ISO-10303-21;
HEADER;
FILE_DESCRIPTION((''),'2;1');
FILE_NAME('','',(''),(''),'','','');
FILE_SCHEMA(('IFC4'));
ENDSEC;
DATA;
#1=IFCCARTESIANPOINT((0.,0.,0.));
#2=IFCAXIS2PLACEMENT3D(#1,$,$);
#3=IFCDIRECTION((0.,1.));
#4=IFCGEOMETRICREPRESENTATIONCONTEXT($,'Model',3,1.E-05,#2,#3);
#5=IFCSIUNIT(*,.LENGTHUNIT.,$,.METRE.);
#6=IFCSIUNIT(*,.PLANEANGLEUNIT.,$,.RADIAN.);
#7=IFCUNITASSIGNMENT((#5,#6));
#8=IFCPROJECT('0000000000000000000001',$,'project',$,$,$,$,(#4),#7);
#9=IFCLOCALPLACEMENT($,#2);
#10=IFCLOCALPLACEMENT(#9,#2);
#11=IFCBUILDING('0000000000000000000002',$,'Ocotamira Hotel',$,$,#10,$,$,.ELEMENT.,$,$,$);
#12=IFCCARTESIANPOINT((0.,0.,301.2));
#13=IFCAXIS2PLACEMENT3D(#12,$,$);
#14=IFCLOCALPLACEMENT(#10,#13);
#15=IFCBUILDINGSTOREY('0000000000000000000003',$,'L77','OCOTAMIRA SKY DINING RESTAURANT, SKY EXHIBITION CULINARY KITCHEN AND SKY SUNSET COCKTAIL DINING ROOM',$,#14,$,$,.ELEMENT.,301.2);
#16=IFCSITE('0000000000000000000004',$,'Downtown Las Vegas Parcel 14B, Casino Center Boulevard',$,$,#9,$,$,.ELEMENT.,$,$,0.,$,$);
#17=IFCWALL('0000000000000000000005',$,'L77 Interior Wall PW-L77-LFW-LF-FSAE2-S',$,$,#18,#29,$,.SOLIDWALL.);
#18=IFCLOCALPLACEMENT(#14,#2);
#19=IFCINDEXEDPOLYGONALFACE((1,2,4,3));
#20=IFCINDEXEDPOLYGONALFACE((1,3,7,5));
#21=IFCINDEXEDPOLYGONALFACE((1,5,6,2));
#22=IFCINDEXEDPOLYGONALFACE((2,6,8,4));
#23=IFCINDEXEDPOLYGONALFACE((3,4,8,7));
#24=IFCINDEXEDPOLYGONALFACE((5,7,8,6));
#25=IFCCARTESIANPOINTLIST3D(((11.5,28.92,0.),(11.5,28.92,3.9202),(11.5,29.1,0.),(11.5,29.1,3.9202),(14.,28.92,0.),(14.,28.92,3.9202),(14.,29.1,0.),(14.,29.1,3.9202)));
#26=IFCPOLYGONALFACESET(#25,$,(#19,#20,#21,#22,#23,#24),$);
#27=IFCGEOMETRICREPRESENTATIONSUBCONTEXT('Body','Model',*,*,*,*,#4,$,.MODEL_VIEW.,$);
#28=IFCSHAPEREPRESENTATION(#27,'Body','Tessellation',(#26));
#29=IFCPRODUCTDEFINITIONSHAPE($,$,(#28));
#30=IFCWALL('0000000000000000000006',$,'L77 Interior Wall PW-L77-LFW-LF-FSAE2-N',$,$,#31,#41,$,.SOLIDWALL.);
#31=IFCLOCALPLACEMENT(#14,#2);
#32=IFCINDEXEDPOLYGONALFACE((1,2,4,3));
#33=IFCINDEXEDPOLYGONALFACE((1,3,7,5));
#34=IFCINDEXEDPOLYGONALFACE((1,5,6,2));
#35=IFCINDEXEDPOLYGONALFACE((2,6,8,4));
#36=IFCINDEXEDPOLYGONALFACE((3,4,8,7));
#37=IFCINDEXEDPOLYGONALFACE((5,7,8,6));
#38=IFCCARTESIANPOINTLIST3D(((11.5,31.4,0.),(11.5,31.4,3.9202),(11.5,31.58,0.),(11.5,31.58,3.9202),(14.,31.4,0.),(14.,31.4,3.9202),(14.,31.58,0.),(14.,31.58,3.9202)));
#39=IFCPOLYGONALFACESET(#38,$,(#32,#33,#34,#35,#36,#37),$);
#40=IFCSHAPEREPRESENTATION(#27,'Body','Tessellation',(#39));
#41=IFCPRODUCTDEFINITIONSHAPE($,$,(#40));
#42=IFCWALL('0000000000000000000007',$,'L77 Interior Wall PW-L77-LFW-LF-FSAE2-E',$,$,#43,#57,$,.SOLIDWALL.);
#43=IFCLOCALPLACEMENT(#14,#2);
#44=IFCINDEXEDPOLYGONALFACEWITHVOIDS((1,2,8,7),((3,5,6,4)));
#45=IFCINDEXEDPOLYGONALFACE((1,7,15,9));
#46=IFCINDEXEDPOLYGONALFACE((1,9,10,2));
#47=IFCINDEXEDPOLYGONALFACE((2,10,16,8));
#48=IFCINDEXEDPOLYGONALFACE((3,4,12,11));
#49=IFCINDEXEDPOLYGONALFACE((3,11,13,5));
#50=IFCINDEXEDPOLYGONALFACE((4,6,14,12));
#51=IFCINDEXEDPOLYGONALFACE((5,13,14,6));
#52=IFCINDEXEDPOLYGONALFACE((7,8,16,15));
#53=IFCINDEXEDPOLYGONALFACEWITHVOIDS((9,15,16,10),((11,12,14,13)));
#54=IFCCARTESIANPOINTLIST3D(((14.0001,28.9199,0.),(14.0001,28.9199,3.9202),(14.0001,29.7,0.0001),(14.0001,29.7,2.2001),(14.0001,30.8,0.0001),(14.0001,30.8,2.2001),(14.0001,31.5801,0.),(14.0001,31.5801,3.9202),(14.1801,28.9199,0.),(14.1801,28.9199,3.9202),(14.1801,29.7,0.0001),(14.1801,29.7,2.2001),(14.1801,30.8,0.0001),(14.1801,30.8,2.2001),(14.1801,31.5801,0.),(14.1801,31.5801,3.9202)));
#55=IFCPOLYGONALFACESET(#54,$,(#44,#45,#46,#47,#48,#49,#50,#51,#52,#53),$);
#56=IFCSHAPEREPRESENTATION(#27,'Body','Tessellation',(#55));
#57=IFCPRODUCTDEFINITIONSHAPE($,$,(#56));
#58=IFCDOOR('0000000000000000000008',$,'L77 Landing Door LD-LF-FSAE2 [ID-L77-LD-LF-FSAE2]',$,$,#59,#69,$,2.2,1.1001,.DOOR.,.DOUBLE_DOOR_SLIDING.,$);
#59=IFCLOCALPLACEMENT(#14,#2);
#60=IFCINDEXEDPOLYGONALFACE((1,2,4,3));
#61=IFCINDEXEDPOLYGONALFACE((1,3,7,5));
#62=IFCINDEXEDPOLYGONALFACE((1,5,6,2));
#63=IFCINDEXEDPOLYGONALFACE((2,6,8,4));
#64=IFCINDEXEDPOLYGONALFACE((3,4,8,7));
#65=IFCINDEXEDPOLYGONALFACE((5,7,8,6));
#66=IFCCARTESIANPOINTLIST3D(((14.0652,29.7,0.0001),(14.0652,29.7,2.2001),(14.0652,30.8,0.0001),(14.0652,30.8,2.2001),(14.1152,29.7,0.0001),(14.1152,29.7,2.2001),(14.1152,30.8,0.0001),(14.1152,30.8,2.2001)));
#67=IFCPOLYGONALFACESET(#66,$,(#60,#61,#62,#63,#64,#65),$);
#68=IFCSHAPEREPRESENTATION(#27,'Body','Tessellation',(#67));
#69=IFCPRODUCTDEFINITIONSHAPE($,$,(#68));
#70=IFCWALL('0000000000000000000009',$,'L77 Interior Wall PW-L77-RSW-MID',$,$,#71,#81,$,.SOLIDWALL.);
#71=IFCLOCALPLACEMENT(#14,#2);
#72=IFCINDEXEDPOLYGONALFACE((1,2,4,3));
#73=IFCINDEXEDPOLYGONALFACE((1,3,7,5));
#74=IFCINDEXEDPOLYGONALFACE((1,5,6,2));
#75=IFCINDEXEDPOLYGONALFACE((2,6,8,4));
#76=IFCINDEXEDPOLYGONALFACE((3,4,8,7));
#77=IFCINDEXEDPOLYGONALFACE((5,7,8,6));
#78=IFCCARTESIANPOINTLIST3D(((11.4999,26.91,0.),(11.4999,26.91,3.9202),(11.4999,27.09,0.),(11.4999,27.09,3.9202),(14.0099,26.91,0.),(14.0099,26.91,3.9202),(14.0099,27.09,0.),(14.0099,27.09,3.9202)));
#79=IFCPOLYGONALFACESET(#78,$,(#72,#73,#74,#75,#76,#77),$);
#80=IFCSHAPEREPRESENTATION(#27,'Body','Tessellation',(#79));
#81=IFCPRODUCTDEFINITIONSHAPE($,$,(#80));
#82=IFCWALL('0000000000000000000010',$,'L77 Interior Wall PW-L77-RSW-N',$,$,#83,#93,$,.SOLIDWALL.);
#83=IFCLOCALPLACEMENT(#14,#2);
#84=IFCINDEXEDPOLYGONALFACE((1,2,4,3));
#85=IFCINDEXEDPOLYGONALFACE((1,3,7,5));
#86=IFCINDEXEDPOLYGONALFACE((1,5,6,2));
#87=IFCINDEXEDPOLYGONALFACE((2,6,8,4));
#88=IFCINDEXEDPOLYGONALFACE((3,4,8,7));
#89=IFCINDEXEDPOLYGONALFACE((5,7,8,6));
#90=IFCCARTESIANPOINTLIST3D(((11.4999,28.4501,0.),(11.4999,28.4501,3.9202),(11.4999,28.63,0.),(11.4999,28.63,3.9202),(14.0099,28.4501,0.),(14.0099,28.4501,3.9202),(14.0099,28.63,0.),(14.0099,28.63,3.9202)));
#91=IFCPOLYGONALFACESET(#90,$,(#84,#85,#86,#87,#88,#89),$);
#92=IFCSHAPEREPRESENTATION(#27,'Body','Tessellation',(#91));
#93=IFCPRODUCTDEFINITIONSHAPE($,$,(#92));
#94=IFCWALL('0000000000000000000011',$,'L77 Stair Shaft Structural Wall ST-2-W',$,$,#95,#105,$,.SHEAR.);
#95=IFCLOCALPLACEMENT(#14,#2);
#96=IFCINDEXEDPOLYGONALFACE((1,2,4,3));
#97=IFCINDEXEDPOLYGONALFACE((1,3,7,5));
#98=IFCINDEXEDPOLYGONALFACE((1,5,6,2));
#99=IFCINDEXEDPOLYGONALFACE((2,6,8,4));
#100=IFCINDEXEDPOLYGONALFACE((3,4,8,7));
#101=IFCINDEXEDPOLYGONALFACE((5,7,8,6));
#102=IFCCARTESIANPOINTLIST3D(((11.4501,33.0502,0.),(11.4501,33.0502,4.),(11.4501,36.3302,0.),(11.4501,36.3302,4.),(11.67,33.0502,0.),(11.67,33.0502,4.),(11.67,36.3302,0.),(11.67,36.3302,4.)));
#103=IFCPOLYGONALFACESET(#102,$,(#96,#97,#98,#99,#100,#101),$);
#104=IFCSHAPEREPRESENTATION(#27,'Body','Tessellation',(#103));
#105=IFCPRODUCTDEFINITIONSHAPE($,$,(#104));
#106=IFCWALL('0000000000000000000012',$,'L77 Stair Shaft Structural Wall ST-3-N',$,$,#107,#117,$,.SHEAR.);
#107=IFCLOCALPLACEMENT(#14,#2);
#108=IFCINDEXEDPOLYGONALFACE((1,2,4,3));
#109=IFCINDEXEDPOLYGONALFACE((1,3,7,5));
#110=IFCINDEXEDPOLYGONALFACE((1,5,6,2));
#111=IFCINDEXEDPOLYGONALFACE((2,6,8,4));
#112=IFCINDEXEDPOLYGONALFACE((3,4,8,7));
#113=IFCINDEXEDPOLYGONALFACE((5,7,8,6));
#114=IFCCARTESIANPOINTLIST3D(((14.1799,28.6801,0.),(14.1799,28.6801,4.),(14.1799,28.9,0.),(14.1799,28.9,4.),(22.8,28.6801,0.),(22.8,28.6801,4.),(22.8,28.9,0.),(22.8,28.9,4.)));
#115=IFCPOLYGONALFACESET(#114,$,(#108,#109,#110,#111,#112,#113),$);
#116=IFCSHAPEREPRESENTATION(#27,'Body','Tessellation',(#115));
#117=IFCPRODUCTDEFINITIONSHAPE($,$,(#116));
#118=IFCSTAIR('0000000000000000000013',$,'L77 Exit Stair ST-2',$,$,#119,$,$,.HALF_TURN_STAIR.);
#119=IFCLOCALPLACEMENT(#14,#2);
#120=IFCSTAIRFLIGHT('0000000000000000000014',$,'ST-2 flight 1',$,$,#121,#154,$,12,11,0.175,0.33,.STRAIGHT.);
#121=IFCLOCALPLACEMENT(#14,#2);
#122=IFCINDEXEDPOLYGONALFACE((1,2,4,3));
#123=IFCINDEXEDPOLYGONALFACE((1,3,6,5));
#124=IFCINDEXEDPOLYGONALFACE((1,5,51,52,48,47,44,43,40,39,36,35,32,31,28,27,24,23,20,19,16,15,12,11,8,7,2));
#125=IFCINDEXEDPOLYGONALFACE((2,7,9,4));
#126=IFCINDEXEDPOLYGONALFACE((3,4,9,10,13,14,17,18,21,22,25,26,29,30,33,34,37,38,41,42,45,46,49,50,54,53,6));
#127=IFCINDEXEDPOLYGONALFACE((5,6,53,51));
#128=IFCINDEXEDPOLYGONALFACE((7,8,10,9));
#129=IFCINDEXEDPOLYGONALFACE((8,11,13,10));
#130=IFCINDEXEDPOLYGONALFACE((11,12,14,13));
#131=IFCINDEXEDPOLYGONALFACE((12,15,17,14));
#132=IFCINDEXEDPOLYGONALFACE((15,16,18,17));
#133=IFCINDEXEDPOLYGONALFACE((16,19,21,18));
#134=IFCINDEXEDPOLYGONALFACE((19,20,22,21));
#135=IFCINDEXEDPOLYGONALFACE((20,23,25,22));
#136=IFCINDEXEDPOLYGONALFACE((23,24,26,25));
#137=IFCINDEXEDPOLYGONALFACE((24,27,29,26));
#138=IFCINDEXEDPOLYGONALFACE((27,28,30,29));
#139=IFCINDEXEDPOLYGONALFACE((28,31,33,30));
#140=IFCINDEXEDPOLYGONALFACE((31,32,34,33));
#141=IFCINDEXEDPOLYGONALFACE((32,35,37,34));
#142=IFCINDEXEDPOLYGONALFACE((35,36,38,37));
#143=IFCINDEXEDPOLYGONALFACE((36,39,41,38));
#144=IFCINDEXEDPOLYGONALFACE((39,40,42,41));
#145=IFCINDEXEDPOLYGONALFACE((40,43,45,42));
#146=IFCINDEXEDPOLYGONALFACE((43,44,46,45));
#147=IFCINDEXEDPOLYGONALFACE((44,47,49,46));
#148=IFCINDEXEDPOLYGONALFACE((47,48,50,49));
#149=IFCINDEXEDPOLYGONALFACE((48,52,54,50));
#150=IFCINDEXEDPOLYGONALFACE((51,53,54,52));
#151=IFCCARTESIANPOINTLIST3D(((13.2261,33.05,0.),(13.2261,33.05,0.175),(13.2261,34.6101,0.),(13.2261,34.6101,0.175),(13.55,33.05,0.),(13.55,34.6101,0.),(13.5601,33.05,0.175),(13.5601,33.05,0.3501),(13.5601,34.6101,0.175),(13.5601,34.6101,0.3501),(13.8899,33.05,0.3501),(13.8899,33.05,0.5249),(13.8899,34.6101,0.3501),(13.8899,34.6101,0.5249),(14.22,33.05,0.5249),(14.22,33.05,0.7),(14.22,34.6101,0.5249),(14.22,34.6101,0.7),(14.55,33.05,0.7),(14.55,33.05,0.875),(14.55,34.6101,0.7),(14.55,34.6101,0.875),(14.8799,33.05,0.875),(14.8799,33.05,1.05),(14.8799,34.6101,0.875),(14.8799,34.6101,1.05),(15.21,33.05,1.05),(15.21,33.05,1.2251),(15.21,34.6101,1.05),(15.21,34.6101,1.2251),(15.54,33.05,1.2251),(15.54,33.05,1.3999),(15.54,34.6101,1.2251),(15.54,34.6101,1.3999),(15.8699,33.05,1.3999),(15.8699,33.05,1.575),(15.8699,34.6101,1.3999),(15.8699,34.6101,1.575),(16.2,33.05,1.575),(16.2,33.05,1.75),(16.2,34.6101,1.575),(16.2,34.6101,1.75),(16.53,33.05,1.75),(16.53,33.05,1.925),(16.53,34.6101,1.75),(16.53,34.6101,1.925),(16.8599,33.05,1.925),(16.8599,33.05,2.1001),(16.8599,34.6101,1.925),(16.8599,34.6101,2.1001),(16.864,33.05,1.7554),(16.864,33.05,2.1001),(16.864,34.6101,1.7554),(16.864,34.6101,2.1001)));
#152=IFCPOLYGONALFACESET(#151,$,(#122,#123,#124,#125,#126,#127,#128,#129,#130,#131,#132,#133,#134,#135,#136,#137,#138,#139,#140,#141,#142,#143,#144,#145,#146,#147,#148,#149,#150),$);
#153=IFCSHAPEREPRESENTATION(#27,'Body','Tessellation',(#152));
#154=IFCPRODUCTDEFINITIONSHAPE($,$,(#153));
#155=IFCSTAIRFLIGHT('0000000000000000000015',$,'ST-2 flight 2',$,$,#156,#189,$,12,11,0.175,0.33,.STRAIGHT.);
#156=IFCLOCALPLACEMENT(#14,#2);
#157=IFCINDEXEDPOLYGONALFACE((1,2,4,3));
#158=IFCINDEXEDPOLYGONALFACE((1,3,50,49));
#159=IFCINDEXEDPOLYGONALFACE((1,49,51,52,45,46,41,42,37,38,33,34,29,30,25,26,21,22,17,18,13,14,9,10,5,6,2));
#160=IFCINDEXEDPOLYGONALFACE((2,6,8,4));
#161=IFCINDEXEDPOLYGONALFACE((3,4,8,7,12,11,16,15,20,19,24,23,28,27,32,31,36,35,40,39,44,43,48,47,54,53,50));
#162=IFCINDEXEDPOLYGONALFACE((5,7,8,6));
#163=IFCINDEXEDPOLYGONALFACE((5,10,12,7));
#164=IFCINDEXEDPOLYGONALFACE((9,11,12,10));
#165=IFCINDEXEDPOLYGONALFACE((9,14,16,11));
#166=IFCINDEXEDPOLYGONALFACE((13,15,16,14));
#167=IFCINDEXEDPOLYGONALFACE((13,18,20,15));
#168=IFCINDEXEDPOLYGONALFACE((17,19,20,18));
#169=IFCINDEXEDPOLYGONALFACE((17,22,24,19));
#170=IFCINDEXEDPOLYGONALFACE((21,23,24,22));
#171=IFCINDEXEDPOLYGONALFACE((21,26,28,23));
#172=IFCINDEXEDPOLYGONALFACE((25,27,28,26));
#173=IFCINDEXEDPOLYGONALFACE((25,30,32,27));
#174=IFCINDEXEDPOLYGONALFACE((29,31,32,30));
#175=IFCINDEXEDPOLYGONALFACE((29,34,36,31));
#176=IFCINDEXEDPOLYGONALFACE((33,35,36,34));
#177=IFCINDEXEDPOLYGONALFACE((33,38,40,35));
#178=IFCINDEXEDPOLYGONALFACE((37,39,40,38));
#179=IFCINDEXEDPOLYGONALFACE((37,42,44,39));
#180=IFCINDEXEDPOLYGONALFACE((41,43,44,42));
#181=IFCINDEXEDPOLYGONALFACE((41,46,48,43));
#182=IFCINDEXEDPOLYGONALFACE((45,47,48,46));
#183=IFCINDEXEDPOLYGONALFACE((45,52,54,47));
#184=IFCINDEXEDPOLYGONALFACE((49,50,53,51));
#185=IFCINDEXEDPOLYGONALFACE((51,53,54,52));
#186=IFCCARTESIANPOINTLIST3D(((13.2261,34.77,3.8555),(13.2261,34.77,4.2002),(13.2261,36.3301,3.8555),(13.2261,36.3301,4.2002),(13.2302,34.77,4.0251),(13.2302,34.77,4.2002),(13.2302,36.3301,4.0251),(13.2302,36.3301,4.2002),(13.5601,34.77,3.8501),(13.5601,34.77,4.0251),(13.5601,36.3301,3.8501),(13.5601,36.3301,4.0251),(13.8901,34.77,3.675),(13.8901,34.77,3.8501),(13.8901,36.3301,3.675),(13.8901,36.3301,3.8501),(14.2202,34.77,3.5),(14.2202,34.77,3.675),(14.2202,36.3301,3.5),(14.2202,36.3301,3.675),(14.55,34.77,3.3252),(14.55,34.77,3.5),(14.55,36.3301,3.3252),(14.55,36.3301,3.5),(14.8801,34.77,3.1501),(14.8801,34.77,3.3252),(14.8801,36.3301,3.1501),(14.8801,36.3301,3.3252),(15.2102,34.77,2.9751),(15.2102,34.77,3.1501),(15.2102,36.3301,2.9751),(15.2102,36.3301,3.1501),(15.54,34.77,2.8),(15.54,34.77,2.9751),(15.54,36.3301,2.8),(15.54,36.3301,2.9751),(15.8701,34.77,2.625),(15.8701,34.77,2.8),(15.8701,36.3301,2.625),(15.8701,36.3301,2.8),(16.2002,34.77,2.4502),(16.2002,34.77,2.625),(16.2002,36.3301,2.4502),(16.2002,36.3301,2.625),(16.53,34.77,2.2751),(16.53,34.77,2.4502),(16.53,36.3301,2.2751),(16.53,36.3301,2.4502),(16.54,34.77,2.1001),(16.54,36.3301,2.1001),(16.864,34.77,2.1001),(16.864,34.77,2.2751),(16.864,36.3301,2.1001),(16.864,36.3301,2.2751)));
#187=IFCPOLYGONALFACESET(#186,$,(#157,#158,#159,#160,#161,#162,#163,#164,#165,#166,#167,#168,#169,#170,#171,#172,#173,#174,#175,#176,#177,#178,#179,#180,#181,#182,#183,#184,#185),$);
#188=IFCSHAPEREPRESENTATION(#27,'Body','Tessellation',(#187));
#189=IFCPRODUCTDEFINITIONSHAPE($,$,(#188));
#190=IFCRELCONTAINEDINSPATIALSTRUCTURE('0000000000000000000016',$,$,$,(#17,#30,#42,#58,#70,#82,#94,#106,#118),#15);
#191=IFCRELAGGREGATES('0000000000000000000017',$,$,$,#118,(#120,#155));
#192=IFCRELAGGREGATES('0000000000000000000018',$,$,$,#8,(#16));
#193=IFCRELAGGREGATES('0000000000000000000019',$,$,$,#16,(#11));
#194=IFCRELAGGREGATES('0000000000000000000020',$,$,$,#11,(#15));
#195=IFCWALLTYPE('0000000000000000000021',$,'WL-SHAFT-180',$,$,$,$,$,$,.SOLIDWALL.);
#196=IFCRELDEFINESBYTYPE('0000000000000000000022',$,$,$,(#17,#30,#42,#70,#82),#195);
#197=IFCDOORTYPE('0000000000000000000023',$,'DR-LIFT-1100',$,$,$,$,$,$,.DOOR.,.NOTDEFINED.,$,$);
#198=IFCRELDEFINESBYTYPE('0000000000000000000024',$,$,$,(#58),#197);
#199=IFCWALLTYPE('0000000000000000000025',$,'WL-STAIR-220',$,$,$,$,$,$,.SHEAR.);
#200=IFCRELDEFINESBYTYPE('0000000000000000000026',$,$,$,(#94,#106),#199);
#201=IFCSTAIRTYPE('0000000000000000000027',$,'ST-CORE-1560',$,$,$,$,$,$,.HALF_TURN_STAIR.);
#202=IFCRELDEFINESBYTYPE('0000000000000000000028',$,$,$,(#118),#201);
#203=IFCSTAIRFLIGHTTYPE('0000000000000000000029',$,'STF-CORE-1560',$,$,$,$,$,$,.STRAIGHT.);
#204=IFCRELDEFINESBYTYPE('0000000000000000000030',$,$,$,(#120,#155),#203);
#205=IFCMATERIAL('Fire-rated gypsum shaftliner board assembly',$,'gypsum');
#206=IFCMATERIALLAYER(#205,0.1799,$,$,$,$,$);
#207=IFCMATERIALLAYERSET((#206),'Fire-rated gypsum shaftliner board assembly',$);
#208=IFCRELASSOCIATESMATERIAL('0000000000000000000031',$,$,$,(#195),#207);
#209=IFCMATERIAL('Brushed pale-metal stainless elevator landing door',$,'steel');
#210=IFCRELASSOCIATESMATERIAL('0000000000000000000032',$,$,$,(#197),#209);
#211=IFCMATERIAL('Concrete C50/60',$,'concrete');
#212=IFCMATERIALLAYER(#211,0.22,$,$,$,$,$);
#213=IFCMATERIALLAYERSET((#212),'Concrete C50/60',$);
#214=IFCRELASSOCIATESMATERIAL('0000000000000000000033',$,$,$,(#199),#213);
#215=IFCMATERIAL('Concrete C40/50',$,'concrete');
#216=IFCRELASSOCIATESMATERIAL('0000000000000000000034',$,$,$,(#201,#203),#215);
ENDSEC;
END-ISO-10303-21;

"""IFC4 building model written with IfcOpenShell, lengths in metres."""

from ifc_helpers import new_model, si_unit, direction, frame, frame_2d, origin, place, context, subcontext, project, spatial, polyline, rectangle, outline, extrude, source, transform, mapped, material, layer, layer_set, type_object, element, fill, aggregate, save


model = new_model("IFC4")

# Units and contexts
model_context = context("Model", 3, precision=1e-05, world=origin(), true_north=direction((0.0, 1.0)))
body_context = subcontext(model_context, "Body", "Model", "MODEL_VIEW")
ifc_project = project(units=[si_unit("LENGTHUNIT", "METRE"), si_unit("PLANEANGLEUNIT", "RADIAN")], contexts=[model_context])

# Site, building, storey
site_placement = place(None, origin())
site = spatial("IfcSite", under=ifc_project, at=site_placement, Name="Downtown Las Vegas Parcel 14B, Casino Center Boulevard", CompositionType="ELEMENT", RefElevation=0.0)
building_placement = place(site_placement, origin())
building = spatial("IfcBuilding", under=site, at=building_placement, Name="Ocotamira Hotel", CompositionType="ELEMENT")
storey_placement = place(building_placement, frame((0.0, 0.0, 301.2)))
storey = spatial("IfcBuildingStorey", under=building, at=storey_placement, Name="L77", Description="OCOTAMIRA SKY DINING RESTAURANT, SKY EXHIBITION CULINARY KITCHEN AND SKY SUNSET COCKTAIL DINING ROOM", CompositionType="ELEMENT", Elevation=301.2)

# Walls
ifc_material_1 = material(Name="Fire-rated gypsum shaftliner board assembly", Category="gypsum")
ifc_layer_1 = layer(ifc_material_1, 0.1799)
ifc_layer_set_1 = layer_set([ifc_layer_1], Name="Fire-rated gypsum shaftliner board assembly")
wall_type_1 = type_object("IfcWallType", Name="WL-SHAFT-180", PredefinedType="SOLIDWALL", material=ifc_layer_set_1)
for number, where, z_axis, x_axis, name in (
    (1, (11.5, 29.01, 0.0), (0.0, 0.0, 1.0), (1.0, 0.0, 0.0), "L77 Interior Wall PW-L77-LFW-LF-FSAE2-S"),
    (2, (11.5, 31.49, 0.0), (0.0, 0.0, 1.0), (1.0, 0.0, 0.0), "L77 Interior Wall PW-L77-LFW-LF-FSAE2-N"),
):
    element("IfcWall", number, at=place(storey_placement, frame(where, z_axis=z_axis, x_axis=x_axis)), inside=storey, type_object=wall_type_1, Name=name, PredefinedType="SOLIDWALL", context=body_context, shape_type="SweptSolid", body=[
        extrude(rectangle(XDim=2.5, YDim=0.1799, at=frame_2d((1.25, 0.0))), origin(), (0.0, 0.0, 1.0), 3.9202),
    ])

# Wall, opening, door
wall_1_placement = place(storey_placement, frame((14.0901, 28.9199, 0.0), z_axis=(0.0, 0.0, 1.0), x_axis=(0.0, 1.0, 0.0)))
wall_1 = element("IfcWall", 3, at=wall_1_placement, inside=storey, type_object=wall_type_1, Name="L77 Interior Wall PW-L77-LFW-LF-FSAE2-E", PredefinedType="SOLIDWALL", context=body_context, shape_type="SweptSolid", body=[
    extrude(rectangle(XDim=2.6602, YDim=0.1799, at=frame_2d((1.3301, 0.0))), origin(), (0.0, 0.0, 1.0), 3.9202),
])
opening_1_placement = place(wall_1_placement, frame((0.78, 0.0, 0.0)))
opening_1 = element("IfcOpeningElement", 4, at=opening_1_placement, cuts=wall_1, PredefinedType="OPENING", context=body_context, shape_type="SweptSolid", body=[
    extrude(rectangle(XDim=1.1001, YDim=2.2, at=frame_2d((0.55, 1.1001))), frame((0.0, 0.1001, 0.0), z_axis=(0.0, -1.0, 0.0), x_axis=(1.0, 0.0, 0.0)), (0.0, 0.0, 1.0), 0.2),
])
ifc_material_2 = material(Name="Brushed pale-metal stainless elevator landing door", Category="steel")
door_type_1 = type_object("IfcDoorType", Name="DR-LIFT-1100", OperationType="NOTDEFINED", PredefinedType="DOOR", material=ifc_material_2)
shared_shape_1 = source(origin(), body_context, "Body", "SweptSolid", [
    extrude(rectangle(XDim=1.1001, YDim=2.2, at=frame_2d((0.55, 1.1001))), frame((0.0, 0.0249, 0.0), z_axis=(0.0, -1.0, 0.0), x_axis=(1.0, 0.0, 0.0)), (0.0, 0.0, 1.0), 0.05),
])
door_1_placement = place(opening_1_placement, origin())
door_1 = element("IfcDoor", 5, at=door_1_placement, inside=storey, type_object=door_type_1, Name="L77 Landing Door LD-LF-FSAE2 [ID-L77-LD-LF-FSAE2]", OperationType="DOUBLE_DOOR_SLIDING", OverallHeight=2.2, OverallWidth=1.1001, PredefinedType="DOOR", context=body_context, shape_type="MappedRepresentation", body=[
    mapped(shared_shape_1, transform((0.0, 0.0, 0.0), scale=1.0)),
])
fill(opening_1, door_1)

# Walls
for number, where, z_axis, x_axis, name in (
    (6, (11.5, 27.0, 0.0), (0.0, 0.0, 1.0), (1.0, 0.0, 0.0), "L77 Interior Wall PW-L77-RSW-MID"),
    (7, (11.5, 28.54, 0.0), (0.0, 0.0, 1.0), (1.0, 0.0, 0.0), "L77 Interior Wall PW-L77-RSW-N"),
):
    element("IfcWall", number, at=place(storey_placement, frame(where, z_axis=z_axis, x_axis=x_axis)), inside=storey, type_object=wall_type_1, Name=name, PredefinedType="SOLIDWALL", context=body_context, shape_type="SweptSolid", body=[
        extrude(rectangle(XDim=2.51, YDim=0.1799, at=frame_2d((1.2549, 0.0))), origin(), (0.0, 0.0, 1.0), 3.9202),
    ])
ifc_material_3 = material(Name="Concrete C50/60", Category="concrete")
ifc_layer_2 = layer(ifc_material_3, 0.22)
ifc_layer_set_2 = layer_set([ifc_layer_2], Name="Concrete C50/60")
wall_type_2 = type_object("IfcWallType", Name="WL-STAIR-220", PredefinedType="SHEAR", material=ifc_layer_set_2)
wall_2_placement = place(storey_placement, frame((11.5601, 33.05, 0.0), z_axis=(0.0, 0.0, 1.0), x_axis=(0.0, 1.0, 0.0)))
element("IfcWall", 8, at=wall_2_placement, inside=storey, type_object=wall_type_2, Name="L77 Stair Shaft Structural Wall ST-2-W", PredefinedType="SHEAR", context=body_context, shape_type="SweptSolid", body=[
    extrude(rectangle(XDim=3.28, YDim=0.22, at=frame_2d((1.6401, 0.0))), origin(), (0.0, 0.0, 1.0), 4.0),
])
wall_3_placement = place(storey_placement, frame((14.1799, 28.79, 0.0), z_axis=(0.0, 0.0, 1.0), x_axis=(1.0, 0.0, 0.0)))
element("IfcWall", 9, at=wall_3_placement, inside=storey, type_object=wall_type_2, Name="L77 Stair Shaft Structural Wall ST-3-N", PredefinedType="SHEAR", context=body_context, shape_type="SweptSolid", body=[
    extrude(rectangle(XDim=8.6201, YDim=0.22, at=frame_2d((4.3101, 0.0))), origin(), (0.0, 0.0, 1.0), 4.0),
])

# Stair, stair flights
ifc_material_4 = material(Name="Concrete C40/50", Category="concrete")
stair_type = type_object("IfcStairType", Name="ST-CORE-1560", PredefinedType="HALF_TURN_STAIR", material=ifc_material_4)
stair_placement = place(storey_placement, origin())
stair = element("IfcStair", 10, at=stair_placement, inside=storey, type_object=stair_type, Name="L77 Exit Stair ST-2", PredefinedType="HALF_TURN_STAIR")
stair_flight_type = type_object("IfcStairFlightType", Name="STF-CORE-1560", PredefinedType="STRAIGHT", material=ifc_material_4)
shared_shape_2 = source(origin(), body_context, "Body", "SweptSolid", [
    extrude(outline(polyline([(-0.0039, 0.0), (-0.0039, 0.175), (0.3301, 0.175), (0.3301, 0.3501), (0.6599, 0.3501), (0.6599, 0.5249), (0.99, 0.5249), (0.99, 0.7), (1.3201, 0.7), (1.3201, 0.875), (1.6499, 0.875), (1.6499, 1.05), (1.98, 1.05), (1.98, 1.2251), (2.3101, 1.2251), (2.3101, 1.3999), (2.6399, 1.3999), (2.6399, 1.575), (2.97, 1.575), (2.97, 1.75), (3.3, 1.75), (3.3, 1.925), (3.6299, 1.925), (3.6299, 2.1001), (3.634, 2.1001), (3.634, 1.7554), (0.3201, 0.0), (-0.0039, 0.0)])), frame((0.0, 0.78, 0.0), z_axis=(0.0, -1.0, 0.0), x_axis=(1.0, 0.0, 0.0)), (0.0, 0.0, 1.0), 1.5601),
])
stair_flight_1_placement = place(storey_placement, frame((13.23, 33.8301, 0.0), z_axis=(0.0, 0.0, 1.0), x_axis=(1.0, 0.0, 0.0)))
stair_flight_1 = element("IfcStairFlight", 11, at=stair_flight_1_placement, type_object=stair_flight_type, Name="ST-2 flight 1", NumberOfRisers=12, NumberOfTreads=11, PredefinedType="STRAIGHT", RiserHeight=0.175, TreadLength=0.33, context=body_context, shape_type="MappedRepresentation", body=[
    mapped(shared_shape_2, transform((0.0, 0.0, 0.0), scale=1.0)),
])
stair_flight_2_placement = place(storey_placement, frame((16.8601, 35.55, 2.1001), z_axis=(0.0, 0.0, 1.0), x_axis=(-1.0, 0.0, 0.0)))
stair_flight_2 = element("IfcStairFlight", 12, at=stair_flight_2_placement, type_object=stair_flight_type, Name="ST-2 flight 2", NumberOfRisers=12, NumberOfTreads=11, PredefinedType="STRAIGHT", RiserHeight=0.175, TreadLength=0.33, context=body_context, shape_type="MappedRepresentation", body=[
    mapped(shared_shape_2, transform((0.0, 0.0, 0.0), scale=1.0)),
])
aggregate(stair, [stair_flight_1, stair_flight_2])

save(model, "model.ifc")
